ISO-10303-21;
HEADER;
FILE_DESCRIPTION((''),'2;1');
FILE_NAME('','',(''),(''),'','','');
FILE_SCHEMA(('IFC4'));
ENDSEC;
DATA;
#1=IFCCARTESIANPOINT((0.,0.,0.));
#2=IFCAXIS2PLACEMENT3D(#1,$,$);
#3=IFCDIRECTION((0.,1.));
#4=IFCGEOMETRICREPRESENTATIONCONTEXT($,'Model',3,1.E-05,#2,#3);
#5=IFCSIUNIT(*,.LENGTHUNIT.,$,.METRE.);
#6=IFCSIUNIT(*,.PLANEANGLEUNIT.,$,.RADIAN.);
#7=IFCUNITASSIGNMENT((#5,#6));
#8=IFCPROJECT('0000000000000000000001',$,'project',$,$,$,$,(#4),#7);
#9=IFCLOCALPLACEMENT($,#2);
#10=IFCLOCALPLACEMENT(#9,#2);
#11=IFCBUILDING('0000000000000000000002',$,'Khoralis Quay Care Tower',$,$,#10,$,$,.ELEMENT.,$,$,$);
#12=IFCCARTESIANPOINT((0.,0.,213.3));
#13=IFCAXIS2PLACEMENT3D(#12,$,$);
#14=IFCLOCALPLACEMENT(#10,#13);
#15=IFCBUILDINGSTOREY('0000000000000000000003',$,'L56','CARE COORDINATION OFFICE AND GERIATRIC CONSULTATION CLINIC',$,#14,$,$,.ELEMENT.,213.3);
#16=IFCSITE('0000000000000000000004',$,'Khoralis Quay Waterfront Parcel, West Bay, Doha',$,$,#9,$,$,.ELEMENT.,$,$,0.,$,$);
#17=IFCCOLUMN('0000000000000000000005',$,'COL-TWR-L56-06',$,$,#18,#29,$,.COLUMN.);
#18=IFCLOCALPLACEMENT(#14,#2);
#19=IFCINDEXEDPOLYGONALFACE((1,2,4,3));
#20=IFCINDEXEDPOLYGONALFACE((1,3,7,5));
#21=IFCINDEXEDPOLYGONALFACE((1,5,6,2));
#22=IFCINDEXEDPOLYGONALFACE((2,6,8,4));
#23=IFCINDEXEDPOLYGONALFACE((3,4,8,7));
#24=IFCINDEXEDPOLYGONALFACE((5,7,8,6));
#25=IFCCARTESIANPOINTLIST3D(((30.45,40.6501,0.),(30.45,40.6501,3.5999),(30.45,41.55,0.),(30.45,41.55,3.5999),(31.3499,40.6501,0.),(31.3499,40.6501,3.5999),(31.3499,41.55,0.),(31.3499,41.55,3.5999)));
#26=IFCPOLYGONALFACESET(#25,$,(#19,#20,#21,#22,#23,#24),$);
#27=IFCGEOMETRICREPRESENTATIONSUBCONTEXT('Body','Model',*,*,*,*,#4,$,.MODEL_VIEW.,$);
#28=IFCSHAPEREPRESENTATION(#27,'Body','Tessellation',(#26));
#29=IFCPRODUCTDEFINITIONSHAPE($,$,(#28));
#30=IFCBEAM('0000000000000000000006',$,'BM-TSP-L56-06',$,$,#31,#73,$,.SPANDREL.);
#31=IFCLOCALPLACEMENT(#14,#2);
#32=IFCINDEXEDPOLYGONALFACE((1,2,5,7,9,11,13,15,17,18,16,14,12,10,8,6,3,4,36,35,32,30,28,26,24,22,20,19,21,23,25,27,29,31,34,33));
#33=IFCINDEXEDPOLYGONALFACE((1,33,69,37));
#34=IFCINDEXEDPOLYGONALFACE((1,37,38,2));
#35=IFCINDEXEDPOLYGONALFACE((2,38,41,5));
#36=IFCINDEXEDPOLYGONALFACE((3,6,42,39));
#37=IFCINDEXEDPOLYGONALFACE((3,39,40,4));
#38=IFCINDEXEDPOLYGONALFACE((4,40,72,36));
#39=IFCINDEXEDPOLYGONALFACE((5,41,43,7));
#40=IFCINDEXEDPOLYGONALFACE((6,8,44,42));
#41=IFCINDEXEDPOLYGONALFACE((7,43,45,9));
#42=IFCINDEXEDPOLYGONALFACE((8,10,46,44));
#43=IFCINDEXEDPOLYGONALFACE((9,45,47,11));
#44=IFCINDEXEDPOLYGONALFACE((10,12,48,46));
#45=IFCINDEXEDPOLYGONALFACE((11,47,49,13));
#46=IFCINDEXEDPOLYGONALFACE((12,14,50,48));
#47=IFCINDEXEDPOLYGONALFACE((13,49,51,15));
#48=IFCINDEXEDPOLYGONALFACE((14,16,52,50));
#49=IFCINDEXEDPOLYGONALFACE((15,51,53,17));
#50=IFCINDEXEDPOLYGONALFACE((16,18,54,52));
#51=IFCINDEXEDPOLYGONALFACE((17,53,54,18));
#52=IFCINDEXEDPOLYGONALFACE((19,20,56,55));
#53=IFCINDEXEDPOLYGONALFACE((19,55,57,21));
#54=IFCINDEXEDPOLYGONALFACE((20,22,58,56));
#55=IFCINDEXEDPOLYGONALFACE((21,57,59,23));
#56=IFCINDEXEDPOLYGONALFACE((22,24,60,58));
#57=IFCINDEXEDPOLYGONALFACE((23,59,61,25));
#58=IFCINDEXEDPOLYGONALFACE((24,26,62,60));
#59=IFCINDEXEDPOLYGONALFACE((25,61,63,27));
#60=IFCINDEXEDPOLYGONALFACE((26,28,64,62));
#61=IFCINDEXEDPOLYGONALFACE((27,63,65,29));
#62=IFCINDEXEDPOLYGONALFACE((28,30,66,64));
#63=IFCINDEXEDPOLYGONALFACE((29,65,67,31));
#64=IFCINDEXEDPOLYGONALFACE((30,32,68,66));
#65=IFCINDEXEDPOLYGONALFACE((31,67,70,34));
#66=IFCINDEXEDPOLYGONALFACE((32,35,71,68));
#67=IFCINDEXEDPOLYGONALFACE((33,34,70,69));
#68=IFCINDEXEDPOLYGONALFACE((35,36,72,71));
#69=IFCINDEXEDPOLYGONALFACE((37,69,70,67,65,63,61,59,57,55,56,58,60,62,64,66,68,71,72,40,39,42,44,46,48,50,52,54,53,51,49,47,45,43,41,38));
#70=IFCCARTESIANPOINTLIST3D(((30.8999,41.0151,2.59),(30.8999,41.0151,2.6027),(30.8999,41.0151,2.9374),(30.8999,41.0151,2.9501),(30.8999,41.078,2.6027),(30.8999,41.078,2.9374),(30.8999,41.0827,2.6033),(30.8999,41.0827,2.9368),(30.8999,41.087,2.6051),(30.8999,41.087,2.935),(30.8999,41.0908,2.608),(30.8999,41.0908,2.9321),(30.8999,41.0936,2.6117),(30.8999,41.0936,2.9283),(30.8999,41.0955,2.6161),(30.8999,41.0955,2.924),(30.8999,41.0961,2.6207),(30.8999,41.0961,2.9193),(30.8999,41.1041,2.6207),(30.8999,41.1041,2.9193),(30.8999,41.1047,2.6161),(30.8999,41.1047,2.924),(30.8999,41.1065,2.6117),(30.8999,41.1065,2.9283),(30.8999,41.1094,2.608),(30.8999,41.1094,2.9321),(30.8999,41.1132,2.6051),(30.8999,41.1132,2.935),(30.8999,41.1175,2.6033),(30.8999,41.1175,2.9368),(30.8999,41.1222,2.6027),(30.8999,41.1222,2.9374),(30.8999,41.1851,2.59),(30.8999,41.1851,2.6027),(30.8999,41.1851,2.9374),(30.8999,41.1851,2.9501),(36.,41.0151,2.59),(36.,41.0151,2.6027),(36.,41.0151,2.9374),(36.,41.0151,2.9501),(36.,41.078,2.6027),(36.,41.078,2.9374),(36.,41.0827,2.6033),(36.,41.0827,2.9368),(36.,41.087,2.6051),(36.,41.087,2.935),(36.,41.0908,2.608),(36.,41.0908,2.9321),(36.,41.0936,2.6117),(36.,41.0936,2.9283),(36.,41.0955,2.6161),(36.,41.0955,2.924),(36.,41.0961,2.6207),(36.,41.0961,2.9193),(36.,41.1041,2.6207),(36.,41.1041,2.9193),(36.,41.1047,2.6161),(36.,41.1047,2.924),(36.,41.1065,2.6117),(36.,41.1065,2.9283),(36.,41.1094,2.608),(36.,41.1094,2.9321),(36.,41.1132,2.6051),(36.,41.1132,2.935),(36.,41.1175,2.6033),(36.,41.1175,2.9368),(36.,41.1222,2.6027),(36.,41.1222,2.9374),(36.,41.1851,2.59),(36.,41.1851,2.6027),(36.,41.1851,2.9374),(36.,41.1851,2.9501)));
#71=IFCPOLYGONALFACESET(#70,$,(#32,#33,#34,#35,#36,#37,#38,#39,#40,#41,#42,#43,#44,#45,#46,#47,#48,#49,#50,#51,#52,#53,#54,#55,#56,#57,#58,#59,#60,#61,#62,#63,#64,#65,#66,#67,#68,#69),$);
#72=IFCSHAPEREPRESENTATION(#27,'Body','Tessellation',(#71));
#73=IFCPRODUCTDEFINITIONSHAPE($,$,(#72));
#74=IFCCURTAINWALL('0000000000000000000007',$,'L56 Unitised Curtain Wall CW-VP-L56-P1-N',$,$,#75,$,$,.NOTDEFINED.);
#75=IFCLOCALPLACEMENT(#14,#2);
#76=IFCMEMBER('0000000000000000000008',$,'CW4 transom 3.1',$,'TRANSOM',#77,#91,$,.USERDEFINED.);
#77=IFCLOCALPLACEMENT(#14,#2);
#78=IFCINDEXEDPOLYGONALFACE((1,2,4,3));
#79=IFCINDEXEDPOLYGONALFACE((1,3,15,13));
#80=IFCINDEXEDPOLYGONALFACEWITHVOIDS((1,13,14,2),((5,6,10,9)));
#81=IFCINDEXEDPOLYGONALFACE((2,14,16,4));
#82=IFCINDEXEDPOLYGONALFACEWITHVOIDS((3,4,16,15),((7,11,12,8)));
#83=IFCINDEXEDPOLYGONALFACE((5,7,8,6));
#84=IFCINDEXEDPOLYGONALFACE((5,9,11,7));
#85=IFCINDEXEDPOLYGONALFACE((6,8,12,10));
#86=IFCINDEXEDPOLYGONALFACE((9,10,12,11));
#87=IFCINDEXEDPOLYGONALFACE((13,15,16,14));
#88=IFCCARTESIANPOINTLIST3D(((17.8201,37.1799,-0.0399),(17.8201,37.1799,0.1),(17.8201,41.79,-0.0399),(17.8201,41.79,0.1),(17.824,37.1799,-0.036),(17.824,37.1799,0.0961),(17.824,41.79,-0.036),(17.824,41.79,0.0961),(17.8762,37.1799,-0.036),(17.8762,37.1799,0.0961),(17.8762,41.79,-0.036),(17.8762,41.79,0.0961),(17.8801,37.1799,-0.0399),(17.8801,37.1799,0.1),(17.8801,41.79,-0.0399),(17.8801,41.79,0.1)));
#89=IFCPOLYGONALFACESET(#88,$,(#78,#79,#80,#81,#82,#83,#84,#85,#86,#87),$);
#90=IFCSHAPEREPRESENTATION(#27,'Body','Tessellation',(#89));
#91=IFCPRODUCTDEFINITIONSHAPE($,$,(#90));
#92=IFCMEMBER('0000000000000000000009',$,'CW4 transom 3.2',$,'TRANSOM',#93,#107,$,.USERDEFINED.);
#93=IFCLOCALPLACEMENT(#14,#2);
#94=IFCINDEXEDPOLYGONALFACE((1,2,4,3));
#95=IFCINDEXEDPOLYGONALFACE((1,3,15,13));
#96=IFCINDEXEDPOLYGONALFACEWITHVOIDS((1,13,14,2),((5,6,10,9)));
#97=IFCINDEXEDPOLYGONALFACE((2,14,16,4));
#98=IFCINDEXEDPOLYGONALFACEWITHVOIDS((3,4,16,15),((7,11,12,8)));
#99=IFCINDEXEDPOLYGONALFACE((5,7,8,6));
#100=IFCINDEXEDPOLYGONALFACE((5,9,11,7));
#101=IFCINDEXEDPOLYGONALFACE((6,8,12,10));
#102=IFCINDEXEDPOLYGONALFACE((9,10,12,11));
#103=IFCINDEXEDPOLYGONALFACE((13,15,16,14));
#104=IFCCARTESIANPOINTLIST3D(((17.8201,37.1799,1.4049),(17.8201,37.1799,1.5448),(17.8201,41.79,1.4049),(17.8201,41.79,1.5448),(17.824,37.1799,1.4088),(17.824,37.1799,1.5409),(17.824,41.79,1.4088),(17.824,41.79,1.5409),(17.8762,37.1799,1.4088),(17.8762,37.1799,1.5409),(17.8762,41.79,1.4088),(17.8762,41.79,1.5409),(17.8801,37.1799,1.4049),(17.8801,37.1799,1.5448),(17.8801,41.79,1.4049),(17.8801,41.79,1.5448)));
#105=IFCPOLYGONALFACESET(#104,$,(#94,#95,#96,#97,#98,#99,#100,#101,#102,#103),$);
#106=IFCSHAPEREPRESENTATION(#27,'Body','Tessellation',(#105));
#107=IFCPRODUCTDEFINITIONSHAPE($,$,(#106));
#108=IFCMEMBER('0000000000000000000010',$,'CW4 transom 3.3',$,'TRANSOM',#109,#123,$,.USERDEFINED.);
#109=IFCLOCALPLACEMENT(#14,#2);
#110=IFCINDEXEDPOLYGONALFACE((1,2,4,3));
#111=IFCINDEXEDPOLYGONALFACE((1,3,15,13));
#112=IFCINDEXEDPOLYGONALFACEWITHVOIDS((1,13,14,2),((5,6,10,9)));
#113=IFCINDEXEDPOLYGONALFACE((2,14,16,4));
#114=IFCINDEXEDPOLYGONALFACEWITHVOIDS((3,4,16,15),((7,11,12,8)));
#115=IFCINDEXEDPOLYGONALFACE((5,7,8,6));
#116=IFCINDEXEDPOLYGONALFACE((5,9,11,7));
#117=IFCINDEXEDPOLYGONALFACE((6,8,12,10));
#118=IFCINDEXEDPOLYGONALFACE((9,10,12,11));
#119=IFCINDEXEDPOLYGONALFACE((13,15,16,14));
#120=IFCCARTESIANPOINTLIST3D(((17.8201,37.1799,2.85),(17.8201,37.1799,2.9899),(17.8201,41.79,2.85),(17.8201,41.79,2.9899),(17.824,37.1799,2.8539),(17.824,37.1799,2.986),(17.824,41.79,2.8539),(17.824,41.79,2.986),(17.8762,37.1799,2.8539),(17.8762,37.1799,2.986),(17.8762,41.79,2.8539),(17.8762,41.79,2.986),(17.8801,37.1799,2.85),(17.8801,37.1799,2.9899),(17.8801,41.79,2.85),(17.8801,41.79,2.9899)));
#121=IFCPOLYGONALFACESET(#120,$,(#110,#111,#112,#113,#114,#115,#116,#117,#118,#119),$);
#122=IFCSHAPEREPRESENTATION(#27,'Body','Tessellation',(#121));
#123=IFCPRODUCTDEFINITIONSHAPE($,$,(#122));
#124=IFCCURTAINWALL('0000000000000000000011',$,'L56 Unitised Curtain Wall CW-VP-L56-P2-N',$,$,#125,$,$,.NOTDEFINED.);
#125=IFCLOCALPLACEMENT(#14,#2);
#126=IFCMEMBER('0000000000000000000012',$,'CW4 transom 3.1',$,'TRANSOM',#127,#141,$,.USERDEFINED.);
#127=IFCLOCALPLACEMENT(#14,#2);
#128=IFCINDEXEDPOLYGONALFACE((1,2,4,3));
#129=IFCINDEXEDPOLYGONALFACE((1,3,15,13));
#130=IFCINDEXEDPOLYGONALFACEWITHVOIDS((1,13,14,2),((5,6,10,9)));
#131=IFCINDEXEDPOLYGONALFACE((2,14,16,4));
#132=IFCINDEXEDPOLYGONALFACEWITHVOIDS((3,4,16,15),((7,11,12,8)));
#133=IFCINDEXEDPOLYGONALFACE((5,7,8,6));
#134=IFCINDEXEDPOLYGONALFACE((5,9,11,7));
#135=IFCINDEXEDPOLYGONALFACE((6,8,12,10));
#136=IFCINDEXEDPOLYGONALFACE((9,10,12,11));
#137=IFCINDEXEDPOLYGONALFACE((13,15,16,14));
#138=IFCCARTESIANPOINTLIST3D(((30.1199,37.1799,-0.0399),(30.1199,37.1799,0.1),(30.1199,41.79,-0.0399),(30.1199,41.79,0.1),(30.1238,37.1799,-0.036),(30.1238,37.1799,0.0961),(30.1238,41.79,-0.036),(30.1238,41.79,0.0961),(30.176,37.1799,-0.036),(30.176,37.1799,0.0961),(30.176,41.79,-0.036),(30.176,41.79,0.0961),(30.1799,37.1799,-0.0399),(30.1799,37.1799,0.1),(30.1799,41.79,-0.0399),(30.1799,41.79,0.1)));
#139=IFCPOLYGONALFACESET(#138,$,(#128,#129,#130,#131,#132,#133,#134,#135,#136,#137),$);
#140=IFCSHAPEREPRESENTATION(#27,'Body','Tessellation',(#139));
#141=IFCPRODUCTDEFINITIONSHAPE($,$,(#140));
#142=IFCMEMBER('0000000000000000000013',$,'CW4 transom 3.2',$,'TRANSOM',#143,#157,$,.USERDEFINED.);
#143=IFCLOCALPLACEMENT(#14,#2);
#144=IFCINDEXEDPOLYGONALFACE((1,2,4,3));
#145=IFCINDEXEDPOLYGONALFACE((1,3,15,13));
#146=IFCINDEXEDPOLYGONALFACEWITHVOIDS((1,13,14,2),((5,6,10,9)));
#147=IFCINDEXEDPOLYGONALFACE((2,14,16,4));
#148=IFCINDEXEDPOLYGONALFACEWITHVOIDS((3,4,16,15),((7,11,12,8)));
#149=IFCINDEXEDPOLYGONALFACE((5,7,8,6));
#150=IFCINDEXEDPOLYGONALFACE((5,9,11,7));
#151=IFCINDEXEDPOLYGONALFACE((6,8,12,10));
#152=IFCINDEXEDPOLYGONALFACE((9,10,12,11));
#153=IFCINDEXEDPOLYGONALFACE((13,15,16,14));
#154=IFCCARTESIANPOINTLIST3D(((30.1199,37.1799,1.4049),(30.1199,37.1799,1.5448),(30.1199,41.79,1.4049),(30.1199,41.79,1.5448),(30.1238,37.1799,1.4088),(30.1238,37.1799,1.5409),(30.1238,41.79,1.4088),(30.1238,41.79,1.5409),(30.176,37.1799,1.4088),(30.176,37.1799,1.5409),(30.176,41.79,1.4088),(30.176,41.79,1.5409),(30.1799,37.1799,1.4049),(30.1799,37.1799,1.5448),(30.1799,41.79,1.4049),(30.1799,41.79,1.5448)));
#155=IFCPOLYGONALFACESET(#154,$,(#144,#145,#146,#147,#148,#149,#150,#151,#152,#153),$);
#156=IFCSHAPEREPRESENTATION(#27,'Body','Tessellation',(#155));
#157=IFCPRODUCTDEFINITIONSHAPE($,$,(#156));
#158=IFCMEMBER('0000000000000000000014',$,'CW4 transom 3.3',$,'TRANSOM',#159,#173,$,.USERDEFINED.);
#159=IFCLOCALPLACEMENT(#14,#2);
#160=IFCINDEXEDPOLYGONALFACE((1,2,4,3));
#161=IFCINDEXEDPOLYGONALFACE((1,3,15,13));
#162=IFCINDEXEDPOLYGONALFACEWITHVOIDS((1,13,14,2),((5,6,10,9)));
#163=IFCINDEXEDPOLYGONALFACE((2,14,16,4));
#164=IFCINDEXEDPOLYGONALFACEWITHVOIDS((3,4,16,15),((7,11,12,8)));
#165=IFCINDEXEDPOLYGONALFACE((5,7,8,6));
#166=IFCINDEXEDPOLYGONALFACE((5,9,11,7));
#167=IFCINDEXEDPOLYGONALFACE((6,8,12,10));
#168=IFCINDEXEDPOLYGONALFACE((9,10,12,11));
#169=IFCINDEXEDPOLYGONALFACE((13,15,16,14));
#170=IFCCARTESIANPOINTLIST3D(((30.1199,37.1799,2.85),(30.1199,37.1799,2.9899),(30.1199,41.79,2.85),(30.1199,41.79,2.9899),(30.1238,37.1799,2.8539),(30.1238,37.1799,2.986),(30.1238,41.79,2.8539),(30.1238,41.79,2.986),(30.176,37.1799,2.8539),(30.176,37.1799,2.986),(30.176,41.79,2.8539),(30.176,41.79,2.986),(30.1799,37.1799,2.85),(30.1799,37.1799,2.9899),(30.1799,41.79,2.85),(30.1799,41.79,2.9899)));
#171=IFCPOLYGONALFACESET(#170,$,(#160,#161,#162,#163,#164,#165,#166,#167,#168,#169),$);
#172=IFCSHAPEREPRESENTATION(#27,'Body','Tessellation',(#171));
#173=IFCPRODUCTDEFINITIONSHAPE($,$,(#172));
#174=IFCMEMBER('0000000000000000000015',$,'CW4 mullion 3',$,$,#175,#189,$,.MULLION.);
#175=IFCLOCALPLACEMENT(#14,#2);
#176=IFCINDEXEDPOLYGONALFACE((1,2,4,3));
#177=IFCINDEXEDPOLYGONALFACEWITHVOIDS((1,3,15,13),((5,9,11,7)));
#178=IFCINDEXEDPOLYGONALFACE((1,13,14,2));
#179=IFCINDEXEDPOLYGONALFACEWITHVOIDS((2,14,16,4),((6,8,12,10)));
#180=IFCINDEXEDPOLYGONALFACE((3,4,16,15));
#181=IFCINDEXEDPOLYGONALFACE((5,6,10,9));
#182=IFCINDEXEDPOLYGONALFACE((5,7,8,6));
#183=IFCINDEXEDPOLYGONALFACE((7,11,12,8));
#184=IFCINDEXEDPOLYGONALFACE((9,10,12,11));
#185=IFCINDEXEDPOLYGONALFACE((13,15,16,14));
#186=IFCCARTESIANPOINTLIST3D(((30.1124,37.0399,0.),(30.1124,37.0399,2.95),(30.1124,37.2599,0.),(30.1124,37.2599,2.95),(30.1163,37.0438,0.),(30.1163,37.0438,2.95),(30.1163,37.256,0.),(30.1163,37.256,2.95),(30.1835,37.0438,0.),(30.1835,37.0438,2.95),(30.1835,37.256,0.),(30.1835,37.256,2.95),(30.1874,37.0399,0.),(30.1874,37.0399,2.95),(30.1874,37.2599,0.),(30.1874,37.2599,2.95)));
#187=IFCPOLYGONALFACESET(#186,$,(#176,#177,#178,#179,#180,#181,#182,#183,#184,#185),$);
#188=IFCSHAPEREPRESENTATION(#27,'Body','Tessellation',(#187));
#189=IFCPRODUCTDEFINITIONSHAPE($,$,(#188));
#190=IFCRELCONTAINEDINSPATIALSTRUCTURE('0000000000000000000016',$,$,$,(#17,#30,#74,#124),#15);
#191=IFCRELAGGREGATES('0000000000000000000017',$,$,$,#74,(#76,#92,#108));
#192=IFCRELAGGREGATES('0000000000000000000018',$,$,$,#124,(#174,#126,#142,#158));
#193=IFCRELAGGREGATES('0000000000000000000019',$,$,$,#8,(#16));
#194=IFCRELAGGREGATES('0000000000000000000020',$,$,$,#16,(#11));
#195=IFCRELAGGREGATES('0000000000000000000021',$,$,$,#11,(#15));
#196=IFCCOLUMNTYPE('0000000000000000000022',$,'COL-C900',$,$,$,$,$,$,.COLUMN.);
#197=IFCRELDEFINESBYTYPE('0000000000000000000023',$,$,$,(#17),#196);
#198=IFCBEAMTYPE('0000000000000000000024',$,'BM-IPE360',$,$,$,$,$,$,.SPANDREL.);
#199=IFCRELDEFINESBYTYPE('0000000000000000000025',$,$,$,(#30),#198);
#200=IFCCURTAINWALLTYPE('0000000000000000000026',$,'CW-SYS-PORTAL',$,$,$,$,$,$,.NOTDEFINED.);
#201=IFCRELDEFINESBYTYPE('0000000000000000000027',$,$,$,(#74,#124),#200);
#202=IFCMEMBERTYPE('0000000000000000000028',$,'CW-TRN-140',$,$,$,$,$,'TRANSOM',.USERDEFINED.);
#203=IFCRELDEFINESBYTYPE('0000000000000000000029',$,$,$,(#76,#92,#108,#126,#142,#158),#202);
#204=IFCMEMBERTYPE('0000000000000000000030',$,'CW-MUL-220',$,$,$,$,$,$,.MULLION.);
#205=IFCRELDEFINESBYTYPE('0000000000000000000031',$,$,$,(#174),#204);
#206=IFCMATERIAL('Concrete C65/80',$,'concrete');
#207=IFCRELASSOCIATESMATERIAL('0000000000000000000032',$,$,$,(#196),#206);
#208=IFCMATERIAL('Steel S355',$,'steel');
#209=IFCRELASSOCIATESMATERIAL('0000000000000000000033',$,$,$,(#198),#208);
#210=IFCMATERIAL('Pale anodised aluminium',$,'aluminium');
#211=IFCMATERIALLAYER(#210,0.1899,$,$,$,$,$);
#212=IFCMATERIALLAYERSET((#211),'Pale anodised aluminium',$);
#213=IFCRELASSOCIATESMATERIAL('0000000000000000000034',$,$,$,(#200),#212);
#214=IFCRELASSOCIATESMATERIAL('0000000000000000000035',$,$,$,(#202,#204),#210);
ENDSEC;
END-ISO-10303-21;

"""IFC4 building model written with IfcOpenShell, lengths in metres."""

from ifc_helpers import new_model, si_unit, direction, frame, origin, origin_2d, place, context, subcontext, project, spatial, rectangle, hollow_rectangle, i_section, extrude, source, transform, mapped, material, layer, layer_set, material_profile, profile_set, type_object, element, aggregate, save


model = new_model("IFC4")

# Units and contexts
model_context = context("Model", 3, precision=1e-05, world=origin(), true_north=direction((0.0, 1.0)))
body_context = subcontext(model_context, "Body", "Model", "MODEL_VIEW")
ifc_project = project(units=[si_unit("LENGTHUNIT", "METRE"), si_unit("PLANEANGLEUNIT", "RADIAN")], contexts=[model_context])

# Site, building, storey
site_placement = place(None, origin())
site = spatial("IfcSite", under=ifc_project, at=site_placement, Name="Khoralis Quay Waterfront Parcel, West Bay, Doha", CompositionType="ELEMENT", RefElevation=0.0)
building_placement = place(site_placement, origin())
building = spatial("IfcBuilding", under=site, at=building_placement, Name="Khoralis Quay Care Tower", CompositionType="ELEMENT")
storey_placement = place(building_placement, frame((0.0, 0.0, 213.3)))
storey = spatial("IfcBuildingStorey", under=building, at=storey_placement, Name="L56", Description="CARE COORDINATION OFFICE AND GERIATRIC CONSULTATION CLINIC", CompositionType="ELEMENT", Elevation=213.3)

# Column
ifc_material_1 = material(Name="Concrete C65/80", Category="concrete")
ifc_material_profile_1 = material_profile(ifc_material_1, rectangle(XDim=0.8999, YDim=0.8999, at=origin_2d()), Name="Concrete C65/80")
ifc_profile_set_1 = profile_set([ifc_material_profile_1], Name="Concrete C65/80")
column_type = type_object("IfcColumnType", Name="COL-C900", PredefinedType="COLUMN", material=ifc_profile_set_1)
shared_shape_1 = source(origin(), body_context, "Body", "SweptSolid", [
    extrude(rectangle(XDim=0.8999, YDim=0.8999, at=origin_2d()), origin(), (0.0, 0.0, 1.0), 3.5999),
])
column_placement = place(storey_placement, frame((30.8999, 41.1001, 0.0), z_axis=(0.0, 0.0, 1.0), x_axis=(1.0, 0.0, 0.0)))
element("IfcColumn", 1, at=column_placement, inside=storey, type_object=column_type, Name="COL-TWR-L56-06", PredefinedType="COLUMN", context=body_context, shape_type="MappedRepresentation", body=[
    mapped(shared_shape_1, transform((0.0, 0.0, 0.0), scale=1.0)),
])

# Beam
ifc_material_2 = material(Name="Steel S355", Category="steel")
ifc_material_profile_2 = material_profile(ifc_material_2, i_section(OverallWidth=0.1699, OverallDepth=0.3601, WebThickness=0.0081, FlangeThickness=0.0127, FilletRadius=0.0181, at=origin_2d()), Name="Steel S355")
ifc_profile_set_2 = profile_set([ifc_material_profile_2], Name="Steel S355")
beam_type = type_object("IfcBeamType", Name="BM-IPE360", PredefinedType="SPANDREL", material=ifc_profile_set_2)
shared_shape_2 = source(origin(), body_context, "Body", "SweptSolid", [
    extrude(i_section(OverallWidth=0.1699, OverallDepth=0.3601, WebThickness=0.0081, FlangeThickness=0.0127, FilletRadius=0.0181, at=origin_2d()), origin(), (0.0, 0.0, 1.0), 5.1001),
])
beam_placement = place(storey_placement, frame((30.8999, 41.1001, 2.77), z_axis=(1.0, 0.0, 0.0), x_axis=(0.0, 1.0, 0.0)))
element("IfcBeam", 2, at=beam_placement, inside=storey, type_object=beam_type, Name="BM-TSP-L56-06", PredefinedType="SPANDREL", context=body_context, shape_type="MappedRepresentation", body=[
    mapped(shared_shape_2, transform((0.0, 0.0, 0.0), scale=1.0)),
])

# Curtain walls, members
ifc_material_3 = material(Name="Pale anodised aluminium", Category="aluminium")
ifc_layer_1 = layer(ifc_material_3, 0.1899)
ifc_layer_set_1 = layer_set([ifc_layer_1], Name="Pale anodised aluminium")
curtain_wall_type = type_object("IfcCurtainWallType", Name="CW-SYS-PORTAL", PredefinedType="NOTDEFINED", material=ifc_layer_set_1)
curtain_wall_1_placement = place(storey_placement, origin())
curtain_wall_1 = element("IfcCurtainWall", 3, at=curtain_wall_1_placement, inside=storey, type_object=curtain_wall_type, Name="L56 Unitised Curtain Wall CW-VP-L56-P1-N", PredefinedType="NOTDEFINED")
ifc_material_profile_3 = material_profile(ifc_material_3, hollow_rectangle(XDim=0.0601, YDim=0.1399, WallThickness=0.0039, at=origin_2d()), Name="Pale anodised aluminium")
ifc_profile_set_3 = profile_set([ifc_material_profile_3], Name="Pale anodised aluminium")
member_type_1 = type_object("IfcMemberType", Name="CW-TRN-140", ElementType="TRANSOM", PredefinedType="USERDEFINED", material=ifc_profile_set_3)
shared_shape_3 = source(origin(), body_context, "Body", "SweptSolid", [
    extrude(hollow_rectangle(XDim=0.0601, YDim=0.1399, WallThickness=0.0039, at=origin_2d()), origin(), (0.0, 0.0, 1.0), 4.6101),
])
member_1_placement = place(storey_placement, frame((17.8501, 37.1799, 0.03), z_axis=(0.0, 1.0, 0.0), x_axis=(-1.0, 0.0, 0.0)))
member_1 = element("IfcMember", 4, at=member_1_placement, type_object=member_type_1, Name="CW4 transom 3.1", ObjectType="TRANSOM", PredefinedType="USERDEFINED", context=body_context, shape_type="MappedRepresentation", body=[
    mapped(shared_shape_3, transform((0.0, 0.0, 0.0), scale=1.0)),
])
member_2_placement = place(storey_placement, frame((17.8501, 37.1799, 1.4749), z_axis=(0.0, 1.0, 0.0), x_axis=(-1.0, 0.0, 0.0)))
member_2 = element("IfcMember", 5, at=member_2_placement, type_object=member_type_1, Name="CW4 transom 3.2", ObjectType="TRANSOM", PredefinedType="USERDEFINED", context=body_context, shape_type="MappedRepresentation", body=[
    mapped(shared_shape_3, transform((0.0, 0.0, 0.0), scale=1.0)),
])
member_3_placement = place(storey_placement, frame((17.8501, 37.1799, 2.9199), z_axis=(0.0, 1.0, 0.0), x_axis=(-1.0, 0.0, 0.0)))
member_3 = element("IfcMember", 6, at=member_3_placement, type_object=member_type_1, Name="CW4 transom 3.3", ObjectType="TRANSOM", PredefinedType="USERDEFINED", context=body_context, shape_type="MappedRepresentation", body=[
    mapped(shared_shape_3, transform((0.0, 0.0, 0.0), scale=1.0)),
])
curtain_wall_2_placement = place(storey_placement, origin())
curtain_wall_2 = element("IfcCurtainWall", 7, at=curtain_wall_2_placement, inside=storey, type_object=curtain_wall_type, Name="L56 Unitised Curtain Wall CW-VP-L56-P2-N", PredefinedType="NOTDEFINED")
member_4_placement = place(storey_placement, frame((30.1499, 37.1799, 0.03), z_axis=(0.0, 1.0, 0.0), x_axis=(-1.0, 0.0, 0.0)))
member_4 = element("IfcMember", 8, at=member_4_placement, type_object=member_type_1, Name="CW4 transom 3.1", ObjectType="TRANSOM", PredefinedType="USERDEFINED", context=body_context, shape_type="MappedRepresentation", body=[
    mapped(shared_shape_3, transform((0.0, 0.0, 0.0), scale=1.0)),
])
member_5_placement = place(storey_placement, frame((30.1499, 37.1799, 1.4749), z_axis=(0.0, 1.0, 0.0), x_axis=(-1.0, 0.0, 0.0)))
member_5 = element("IfcMember", 9, at=member_5_placement, type_object=member_type_1, Name="CW4 transom 3.2", ObjectType="TRANSOM", PredefinedType="USERDEFINED", context=body_context, shape_type="MappedRepresentation", body=[
    mapped(shared_shape_3, transform((0.0, 0.0, 0.0), scale=1.0)),
])
member_6_placement = place(storey_placement, frame((30.1499, 37.1799, 2.9199), z_axis=(0.0, 1.0, 0.0), x_axis=(-1.0, 0.0, 0.0)))
member_6 = element("IfcMember", 10, at=member_6_placement, type_object=member_type_1, Name="CW4 transom 3.3", ObjectType="TRANSOM", PredefinedType="USERDEFINED", context=body_context, shape_type="MappedRepresentation", body=[
    mapped(shared_shape_3, transform((0.0, 0.0, 0.0), scale=1.0)),
])
ifc_material_profile_4 = material_profile(ifc_material_3, hollow_rectangle(XDim=0.075, YDim=0.22, WallThickness=0.0039, at=origin_2d()), Name="Pale anodised aluminium")
ifc_profile_set_4 = profile_set([ifc_material_profile_4], Name="Pale anodised aluminium")
member_type_2 = type_object("IfcMemberType", Name="CW-MUL-220", PredefinedType="MULLION", material=ifc_profile_set_4)
shared_shape_4 = source(origin(), body_context, "Body", "SweptSolid", [
    extrude(hollow_rectangle(XDim=0.075, YDim=0.22, WallThickness=0.0039, at=origin_2d()), origin(), (0.0, 0.0, 1.0), 2.95),
])
member_7_placement = place(storey_placement, frame((30.1499, 37.1499, 0.0), z_axis=(0.0, 0.0, 1.0), x_axis=(-1.0, 0.0, 0.0)))
member_7 = element("IfcMember", 11, at=member_7_placement, type_object=member_type_2, Name="CW4 mullion 3", PredefinedType="MULLION", context=body_context, shape_type="MappedRepresentation", body=[
    mapped(shared_shape_4, transform((0.0, 0.0, 0.0), scale=1.0)),
])

aggregate(curtain_wall_1, [member_1, member_2, member_3])
aggregate(curtain_wall_2, [member_7, member_4, member_5, member_6])

save(model, "model.ifc")
